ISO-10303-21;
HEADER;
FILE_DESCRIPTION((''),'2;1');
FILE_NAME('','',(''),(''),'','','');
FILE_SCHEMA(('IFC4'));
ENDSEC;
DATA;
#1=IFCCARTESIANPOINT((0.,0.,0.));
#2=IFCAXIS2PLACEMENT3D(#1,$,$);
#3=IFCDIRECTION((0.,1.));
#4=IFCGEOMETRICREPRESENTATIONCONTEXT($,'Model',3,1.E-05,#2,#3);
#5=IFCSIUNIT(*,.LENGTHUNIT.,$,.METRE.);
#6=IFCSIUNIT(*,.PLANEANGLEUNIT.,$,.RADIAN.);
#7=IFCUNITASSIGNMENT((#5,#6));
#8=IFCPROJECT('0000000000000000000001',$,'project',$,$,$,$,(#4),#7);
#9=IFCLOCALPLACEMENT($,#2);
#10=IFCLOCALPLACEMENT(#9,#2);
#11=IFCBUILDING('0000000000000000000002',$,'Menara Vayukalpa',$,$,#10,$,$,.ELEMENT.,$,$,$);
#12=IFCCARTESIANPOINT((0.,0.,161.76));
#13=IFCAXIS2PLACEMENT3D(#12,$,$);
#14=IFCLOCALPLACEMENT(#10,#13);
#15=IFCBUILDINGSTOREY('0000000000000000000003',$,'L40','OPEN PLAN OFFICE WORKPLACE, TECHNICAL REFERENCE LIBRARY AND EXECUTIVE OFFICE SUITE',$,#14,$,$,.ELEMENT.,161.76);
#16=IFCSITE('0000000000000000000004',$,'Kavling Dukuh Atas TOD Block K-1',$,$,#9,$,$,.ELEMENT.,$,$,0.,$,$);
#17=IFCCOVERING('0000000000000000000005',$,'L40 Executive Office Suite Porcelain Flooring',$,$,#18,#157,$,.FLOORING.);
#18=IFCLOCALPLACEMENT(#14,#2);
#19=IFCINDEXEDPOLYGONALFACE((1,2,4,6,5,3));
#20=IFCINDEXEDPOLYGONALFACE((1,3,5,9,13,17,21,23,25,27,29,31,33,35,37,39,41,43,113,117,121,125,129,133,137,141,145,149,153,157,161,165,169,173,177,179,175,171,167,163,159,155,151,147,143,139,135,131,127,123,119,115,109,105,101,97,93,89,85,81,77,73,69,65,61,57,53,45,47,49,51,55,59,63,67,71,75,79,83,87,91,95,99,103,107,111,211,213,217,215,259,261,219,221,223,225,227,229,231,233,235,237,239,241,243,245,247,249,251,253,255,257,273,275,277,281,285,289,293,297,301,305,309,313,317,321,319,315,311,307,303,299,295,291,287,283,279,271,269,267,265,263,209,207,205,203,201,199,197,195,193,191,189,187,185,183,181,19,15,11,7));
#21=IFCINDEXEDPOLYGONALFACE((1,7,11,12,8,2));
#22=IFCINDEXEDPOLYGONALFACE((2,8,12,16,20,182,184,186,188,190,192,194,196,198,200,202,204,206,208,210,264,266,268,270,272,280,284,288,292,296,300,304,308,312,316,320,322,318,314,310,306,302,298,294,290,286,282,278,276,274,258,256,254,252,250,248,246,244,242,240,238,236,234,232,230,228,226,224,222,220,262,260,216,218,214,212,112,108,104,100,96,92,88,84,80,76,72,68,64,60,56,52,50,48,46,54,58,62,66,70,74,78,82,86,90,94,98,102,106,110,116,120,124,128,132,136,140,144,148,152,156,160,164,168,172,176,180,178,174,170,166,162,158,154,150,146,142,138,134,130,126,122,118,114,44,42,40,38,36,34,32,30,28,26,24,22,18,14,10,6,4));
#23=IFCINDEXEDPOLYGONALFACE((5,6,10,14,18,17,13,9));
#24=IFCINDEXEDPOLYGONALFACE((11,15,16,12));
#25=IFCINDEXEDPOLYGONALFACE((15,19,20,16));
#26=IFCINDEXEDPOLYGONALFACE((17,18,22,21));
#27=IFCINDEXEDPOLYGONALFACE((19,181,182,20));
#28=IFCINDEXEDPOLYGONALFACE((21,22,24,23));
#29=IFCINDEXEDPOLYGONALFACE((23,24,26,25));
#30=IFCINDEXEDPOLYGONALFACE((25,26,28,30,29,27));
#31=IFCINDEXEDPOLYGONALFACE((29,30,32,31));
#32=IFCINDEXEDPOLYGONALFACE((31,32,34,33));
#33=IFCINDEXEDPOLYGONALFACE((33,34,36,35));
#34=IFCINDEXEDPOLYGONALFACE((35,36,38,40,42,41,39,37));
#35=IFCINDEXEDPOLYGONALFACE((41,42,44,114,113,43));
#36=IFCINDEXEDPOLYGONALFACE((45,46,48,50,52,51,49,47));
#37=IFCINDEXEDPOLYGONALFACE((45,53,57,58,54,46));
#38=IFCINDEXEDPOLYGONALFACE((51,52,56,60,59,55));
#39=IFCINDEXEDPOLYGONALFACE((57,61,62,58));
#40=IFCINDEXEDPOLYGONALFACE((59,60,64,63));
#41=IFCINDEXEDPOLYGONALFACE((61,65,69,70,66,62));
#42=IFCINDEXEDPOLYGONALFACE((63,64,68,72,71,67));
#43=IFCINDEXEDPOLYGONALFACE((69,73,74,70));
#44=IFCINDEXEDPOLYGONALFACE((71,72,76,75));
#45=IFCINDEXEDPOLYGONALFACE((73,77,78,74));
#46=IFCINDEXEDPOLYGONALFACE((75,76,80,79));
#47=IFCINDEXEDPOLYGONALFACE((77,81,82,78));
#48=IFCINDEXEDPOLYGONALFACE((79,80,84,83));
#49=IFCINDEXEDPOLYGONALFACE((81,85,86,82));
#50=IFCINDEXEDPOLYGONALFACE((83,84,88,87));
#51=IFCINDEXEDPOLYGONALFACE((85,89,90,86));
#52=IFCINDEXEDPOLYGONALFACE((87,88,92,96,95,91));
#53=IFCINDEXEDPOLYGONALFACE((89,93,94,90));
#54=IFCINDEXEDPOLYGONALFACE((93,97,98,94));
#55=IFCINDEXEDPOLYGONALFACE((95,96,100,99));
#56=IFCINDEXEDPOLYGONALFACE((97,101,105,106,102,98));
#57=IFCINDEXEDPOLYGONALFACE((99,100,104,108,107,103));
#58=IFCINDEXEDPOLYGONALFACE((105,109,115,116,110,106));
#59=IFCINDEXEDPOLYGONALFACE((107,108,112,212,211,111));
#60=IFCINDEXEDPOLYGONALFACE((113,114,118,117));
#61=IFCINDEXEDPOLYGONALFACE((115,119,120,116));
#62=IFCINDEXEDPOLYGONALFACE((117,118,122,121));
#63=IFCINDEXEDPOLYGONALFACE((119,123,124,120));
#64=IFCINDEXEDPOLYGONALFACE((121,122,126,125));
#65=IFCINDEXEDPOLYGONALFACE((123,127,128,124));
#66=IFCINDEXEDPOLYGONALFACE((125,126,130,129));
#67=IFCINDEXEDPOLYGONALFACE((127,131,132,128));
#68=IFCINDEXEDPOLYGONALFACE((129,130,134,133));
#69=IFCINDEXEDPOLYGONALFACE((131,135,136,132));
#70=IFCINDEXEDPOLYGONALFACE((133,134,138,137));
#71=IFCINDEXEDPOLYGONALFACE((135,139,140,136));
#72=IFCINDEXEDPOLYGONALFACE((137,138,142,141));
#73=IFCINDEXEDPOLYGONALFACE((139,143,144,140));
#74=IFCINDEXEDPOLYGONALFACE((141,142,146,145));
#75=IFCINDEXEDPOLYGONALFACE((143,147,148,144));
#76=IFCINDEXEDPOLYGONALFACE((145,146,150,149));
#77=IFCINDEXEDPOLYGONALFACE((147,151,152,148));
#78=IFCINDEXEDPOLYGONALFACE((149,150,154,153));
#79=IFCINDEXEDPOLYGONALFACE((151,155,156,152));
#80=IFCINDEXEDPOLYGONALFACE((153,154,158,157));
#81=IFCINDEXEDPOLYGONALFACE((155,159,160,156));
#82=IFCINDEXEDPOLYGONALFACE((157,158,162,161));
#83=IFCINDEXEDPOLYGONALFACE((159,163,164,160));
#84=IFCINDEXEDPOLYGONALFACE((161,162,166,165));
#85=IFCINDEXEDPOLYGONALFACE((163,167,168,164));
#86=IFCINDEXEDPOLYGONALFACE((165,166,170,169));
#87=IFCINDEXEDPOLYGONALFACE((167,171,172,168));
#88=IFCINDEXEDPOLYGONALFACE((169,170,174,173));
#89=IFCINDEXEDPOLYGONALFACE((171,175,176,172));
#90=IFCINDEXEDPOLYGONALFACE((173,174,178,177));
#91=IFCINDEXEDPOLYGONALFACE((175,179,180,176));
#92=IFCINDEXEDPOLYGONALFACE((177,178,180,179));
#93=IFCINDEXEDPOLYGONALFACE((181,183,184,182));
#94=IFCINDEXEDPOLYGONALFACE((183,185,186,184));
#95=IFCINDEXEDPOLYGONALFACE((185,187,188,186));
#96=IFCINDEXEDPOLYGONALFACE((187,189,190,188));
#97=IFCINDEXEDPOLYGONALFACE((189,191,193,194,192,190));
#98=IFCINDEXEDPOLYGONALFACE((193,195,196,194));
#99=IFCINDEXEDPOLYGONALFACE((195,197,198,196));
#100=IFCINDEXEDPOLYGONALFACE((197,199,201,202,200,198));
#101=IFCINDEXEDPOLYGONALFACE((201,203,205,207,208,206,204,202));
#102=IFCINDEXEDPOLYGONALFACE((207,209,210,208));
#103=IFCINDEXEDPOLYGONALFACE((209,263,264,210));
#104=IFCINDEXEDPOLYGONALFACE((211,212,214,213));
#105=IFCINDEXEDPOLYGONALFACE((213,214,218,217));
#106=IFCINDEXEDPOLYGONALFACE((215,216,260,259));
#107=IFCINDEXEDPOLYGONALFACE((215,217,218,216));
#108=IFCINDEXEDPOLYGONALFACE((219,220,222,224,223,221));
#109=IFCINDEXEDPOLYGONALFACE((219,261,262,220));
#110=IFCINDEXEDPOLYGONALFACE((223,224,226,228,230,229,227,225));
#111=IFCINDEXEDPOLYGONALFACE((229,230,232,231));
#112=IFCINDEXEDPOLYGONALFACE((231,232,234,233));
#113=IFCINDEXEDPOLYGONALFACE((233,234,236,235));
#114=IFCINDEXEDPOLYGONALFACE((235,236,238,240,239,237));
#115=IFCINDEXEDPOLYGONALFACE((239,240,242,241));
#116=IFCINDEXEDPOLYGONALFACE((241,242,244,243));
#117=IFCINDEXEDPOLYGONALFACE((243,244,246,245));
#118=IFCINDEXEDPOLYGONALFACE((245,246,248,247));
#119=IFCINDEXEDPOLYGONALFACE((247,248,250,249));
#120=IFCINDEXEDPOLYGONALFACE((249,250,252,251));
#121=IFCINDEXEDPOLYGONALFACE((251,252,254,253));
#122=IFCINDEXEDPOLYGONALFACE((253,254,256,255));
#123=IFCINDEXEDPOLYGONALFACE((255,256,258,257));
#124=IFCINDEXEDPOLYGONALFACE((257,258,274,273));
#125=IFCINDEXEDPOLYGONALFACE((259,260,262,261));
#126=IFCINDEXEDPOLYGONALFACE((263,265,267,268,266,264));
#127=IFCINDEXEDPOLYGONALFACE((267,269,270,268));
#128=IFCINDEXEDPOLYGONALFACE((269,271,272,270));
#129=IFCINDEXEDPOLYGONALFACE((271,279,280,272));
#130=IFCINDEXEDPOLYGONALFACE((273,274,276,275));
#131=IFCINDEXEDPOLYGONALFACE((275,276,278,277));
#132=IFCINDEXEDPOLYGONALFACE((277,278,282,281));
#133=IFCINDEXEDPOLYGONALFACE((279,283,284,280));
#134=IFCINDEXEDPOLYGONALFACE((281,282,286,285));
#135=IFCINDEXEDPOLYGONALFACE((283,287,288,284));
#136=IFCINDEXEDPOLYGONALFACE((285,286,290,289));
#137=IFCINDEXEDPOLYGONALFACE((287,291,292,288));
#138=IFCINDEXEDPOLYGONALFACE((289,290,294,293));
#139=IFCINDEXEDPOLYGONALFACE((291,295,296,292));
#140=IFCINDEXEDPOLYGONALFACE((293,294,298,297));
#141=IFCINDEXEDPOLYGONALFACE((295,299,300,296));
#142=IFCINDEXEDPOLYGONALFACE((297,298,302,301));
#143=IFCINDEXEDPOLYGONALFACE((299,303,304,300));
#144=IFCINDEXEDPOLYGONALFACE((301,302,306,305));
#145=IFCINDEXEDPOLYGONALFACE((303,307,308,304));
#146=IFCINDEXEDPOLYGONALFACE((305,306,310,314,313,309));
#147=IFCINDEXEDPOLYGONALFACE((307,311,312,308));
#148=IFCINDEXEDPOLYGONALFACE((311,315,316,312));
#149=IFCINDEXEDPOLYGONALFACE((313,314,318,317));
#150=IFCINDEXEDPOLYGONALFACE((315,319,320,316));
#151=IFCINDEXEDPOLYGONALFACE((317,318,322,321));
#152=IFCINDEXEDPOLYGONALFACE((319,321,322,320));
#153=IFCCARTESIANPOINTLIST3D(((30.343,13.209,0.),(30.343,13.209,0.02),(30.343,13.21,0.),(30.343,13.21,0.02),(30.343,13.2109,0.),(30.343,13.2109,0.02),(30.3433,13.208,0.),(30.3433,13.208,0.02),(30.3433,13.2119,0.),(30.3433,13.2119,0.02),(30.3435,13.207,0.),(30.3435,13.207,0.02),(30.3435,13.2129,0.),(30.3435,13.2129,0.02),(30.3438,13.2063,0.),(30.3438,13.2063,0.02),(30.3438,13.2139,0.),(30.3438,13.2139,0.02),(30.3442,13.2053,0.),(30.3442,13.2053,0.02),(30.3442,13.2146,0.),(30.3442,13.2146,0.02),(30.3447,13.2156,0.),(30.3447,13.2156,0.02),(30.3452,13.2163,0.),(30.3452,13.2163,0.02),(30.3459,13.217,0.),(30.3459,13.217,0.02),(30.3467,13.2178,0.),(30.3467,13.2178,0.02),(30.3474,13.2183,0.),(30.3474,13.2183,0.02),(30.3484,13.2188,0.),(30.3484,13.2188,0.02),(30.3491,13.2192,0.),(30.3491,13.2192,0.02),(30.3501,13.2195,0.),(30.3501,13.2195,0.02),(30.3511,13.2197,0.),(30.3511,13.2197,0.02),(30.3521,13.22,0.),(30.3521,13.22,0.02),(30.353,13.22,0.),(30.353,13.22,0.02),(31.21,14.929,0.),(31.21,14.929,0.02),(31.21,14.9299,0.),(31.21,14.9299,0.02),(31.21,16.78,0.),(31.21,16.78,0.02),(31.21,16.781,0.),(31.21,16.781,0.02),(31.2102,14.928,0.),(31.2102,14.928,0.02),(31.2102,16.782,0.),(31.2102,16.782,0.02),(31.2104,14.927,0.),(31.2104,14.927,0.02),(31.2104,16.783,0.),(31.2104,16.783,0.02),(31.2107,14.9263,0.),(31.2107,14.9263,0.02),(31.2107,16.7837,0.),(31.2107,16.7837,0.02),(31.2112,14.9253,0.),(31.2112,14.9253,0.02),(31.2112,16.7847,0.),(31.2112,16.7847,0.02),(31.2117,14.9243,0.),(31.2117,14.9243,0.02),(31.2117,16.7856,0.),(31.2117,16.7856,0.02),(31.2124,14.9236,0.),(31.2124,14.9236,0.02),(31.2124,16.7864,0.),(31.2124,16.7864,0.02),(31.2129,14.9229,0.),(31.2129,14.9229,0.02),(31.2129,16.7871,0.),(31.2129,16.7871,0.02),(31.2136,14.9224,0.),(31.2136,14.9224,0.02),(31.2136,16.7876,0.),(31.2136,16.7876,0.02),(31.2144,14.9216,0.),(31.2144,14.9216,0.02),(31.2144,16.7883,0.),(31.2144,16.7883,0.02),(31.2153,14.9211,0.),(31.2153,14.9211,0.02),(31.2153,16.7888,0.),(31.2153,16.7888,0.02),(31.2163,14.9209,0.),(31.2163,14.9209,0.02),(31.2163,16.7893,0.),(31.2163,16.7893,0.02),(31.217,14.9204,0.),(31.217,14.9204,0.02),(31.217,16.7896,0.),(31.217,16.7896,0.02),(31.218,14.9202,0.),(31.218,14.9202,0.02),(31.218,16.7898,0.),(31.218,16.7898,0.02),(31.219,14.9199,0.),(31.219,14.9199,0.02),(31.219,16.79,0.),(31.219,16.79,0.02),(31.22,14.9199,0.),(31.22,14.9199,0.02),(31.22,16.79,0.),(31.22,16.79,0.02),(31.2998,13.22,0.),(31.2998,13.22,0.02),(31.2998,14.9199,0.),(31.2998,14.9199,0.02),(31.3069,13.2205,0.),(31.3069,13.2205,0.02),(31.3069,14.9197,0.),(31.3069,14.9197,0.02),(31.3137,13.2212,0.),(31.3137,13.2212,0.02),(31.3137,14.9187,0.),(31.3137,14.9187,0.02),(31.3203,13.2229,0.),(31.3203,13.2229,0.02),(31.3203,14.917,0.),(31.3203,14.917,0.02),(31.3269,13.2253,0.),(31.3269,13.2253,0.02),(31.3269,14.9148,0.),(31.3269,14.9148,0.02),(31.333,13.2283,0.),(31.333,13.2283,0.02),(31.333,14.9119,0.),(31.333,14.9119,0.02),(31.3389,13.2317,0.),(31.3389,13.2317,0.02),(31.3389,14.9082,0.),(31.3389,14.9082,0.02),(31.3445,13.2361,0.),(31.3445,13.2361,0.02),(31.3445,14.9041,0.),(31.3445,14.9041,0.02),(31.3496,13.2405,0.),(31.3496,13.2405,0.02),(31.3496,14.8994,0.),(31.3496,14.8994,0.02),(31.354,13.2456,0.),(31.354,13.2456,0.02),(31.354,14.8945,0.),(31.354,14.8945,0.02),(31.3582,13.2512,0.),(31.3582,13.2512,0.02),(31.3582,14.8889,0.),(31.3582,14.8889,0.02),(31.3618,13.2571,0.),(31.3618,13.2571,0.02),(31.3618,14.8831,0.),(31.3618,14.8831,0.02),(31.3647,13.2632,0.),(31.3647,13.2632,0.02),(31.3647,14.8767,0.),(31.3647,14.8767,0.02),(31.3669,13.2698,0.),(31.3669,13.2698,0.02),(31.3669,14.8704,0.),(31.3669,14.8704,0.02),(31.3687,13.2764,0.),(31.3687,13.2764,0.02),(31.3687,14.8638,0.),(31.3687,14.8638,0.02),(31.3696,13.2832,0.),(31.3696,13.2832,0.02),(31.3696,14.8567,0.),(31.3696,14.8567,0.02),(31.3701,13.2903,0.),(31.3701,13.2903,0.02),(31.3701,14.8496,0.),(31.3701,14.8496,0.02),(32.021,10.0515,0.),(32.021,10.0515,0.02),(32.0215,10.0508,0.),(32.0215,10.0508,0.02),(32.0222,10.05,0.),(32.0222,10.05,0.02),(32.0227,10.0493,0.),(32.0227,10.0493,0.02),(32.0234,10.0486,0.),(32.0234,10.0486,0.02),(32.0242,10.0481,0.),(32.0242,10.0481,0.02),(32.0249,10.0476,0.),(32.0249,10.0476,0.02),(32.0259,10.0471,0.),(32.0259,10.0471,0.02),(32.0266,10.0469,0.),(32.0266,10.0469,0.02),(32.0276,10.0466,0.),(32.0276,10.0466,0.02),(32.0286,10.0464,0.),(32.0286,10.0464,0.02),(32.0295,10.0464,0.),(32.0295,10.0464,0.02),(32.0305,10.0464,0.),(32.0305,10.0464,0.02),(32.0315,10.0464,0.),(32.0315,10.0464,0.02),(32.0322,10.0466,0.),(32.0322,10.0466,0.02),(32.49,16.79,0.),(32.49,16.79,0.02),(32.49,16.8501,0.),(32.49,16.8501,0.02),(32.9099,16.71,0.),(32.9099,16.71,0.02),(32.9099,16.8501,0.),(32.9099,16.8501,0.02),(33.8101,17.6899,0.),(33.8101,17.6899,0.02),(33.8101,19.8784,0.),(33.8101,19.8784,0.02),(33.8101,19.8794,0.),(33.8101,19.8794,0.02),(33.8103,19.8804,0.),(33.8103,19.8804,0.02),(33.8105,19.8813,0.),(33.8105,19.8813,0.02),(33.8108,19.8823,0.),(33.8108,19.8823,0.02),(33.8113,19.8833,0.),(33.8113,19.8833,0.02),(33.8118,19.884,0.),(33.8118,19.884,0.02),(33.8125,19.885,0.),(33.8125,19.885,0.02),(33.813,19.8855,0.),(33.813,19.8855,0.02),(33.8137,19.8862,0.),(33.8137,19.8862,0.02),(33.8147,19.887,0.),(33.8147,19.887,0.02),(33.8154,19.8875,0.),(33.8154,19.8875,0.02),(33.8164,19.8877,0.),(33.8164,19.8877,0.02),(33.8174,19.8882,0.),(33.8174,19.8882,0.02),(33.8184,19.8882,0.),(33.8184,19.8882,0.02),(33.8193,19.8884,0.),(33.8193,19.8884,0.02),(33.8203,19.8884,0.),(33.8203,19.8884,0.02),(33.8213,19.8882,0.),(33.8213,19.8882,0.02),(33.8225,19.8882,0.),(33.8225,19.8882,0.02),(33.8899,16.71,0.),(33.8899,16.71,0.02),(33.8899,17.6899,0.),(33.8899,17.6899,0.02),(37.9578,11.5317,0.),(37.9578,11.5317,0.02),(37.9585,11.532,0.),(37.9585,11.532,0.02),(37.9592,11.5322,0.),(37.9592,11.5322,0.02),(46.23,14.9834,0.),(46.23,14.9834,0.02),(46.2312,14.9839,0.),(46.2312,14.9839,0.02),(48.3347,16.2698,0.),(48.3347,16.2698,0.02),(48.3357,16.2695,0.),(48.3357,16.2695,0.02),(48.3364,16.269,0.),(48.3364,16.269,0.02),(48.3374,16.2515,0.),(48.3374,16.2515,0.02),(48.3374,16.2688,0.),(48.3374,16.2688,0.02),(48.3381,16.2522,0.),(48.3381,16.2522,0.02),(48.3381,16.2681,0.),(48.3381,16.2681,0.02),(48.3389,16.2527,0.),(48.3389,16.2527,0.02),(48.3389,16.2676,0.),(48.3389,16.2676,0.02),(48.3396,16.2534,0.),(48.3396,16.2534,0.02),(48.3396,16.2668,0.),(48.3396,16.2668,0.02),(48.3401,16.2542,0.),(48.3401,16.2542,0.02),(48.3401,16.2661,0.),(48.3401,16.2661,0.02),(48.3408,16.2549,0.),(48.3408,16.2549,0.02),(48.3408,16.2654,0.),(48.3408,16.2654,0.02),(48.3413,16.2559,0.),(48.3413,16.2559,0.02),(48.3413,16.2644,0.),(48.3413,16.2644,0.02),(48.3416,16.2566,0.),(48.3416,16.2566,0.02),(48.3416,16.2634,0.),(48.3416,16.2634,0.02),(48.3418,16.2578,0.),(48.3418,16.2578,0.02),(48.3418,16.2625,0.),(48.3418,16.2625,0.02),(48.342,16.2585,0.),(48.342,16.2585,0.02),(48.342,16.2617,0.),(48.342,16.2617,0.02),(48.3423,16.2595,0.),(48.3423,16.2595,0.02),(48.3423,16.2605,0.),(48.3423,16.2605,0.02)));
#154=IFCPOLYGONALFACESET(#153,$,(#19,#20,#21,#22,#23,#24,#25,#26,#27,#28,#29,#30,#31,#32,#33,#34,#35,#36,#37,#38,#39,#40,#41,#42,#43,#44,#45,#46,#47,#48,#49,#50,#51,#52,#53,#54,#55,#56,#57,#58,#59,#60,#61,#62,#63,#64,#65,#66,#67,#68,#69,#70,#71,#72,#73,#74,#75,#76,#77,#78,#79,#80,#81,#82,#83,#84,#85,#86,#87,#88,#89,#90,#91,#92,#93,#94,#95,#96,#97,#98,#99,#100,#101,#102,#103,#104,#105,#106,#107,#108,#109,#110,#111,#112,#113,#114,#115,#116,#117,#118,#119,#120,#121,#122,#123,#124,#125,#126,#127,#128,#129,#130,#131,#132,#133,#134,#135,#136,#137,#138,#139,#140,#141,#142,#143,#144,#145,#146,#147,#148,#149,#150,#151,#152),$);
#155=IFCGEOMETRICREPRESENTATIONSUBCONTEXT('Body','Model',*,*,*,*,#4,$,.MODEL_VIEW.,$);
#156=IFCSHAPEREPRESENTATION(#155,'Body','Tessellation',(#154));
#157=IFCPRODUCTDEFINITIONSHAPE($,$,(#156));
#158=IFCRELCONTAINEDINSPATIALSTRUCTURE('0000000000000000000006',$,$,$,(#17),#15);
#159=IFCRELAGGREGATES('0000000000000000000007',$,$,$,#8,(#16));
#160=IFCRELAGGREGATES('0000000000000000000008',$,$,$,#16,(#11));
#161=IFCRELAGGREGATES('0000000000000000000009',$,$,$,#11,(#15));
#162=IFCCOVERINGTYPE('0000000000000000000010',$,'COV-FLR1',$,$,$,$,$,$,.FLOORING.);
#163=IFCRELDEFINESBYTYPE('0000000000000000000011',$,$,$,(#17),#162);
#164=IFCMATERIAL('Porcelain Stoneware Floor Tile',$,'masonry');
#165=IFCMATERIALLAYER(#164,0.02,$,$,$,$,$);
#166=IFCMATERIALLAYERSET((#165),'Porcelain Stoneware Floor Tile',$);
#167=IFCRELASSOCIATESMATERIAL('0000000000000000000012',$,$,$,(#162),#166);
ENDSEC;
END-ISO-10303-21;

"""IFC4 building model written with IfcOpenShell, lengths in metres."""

from ifc_helpers import new_model, si_unit, direction, frame, origin, place, context, subcontext, project, spatial, polyline, outline, extrude, material, layer, layer_set, type_object, element, save


model = new_model("IFC4")

# Units and contexts
model_context = context("Model", 3, precision=1e-05, world=origin(), true_north=direction((0.0, 1.0)))
body_context = subcontext(model_context, "Body", "Model", "MODEL_VIEW")
ifc_project = project(units=[si_unit("LENGTHUNIT", "METRE"), si_unit("PLANEANGLEUNIT", "RADIAN")], contexts=[model_context])

# Site, building, storey
site_placement = place(None, origin())
site = spatial("IfcSite", under=ifc_project, at=site_placement, Name="Kavling Dukuh Atas TOD Block K-1", CompositionType="ELEMENT", RefElevation=0.0)
building_placement = place(site_placement, origin())
building = spatial("IfcBuilding", under=site, at=building_placement, Name="Menara Vayukalpa", CompositionType="ELEMENT")
storey_placement = place(building_placement, frame((0.0, 0.0, 161.76)))
storey = spatial("IfcBuildingStorey", under=building, at=storey_placement, Name="L40", Description="OPEN PLAN OFFICE WORKPLACE, TECHNICAL REFERENCE LIBRARY AND EXECUTIVE OFFICE SUITE", CompositionType="ELEMENT", Elevation=161.76)

# Covering
ifc_material_1 = material(Name="Porcelain Stoneware Floor Tile", Category="masonry")
ifc_layer_1 = layer(ifc_material_1, 0.02)
ifc_layer_set_1 = layer_set([ifc_layer_1], Name="Porcelain Stoneware Floor Tile")
covering_type_1 = type_object("IfcCoveringType", Name="COV-FLR1", PredefinedType="FLOORING", material=ifc_layer_set_1)
covering_1_placement = place(storey_placement, origin())
element("IfcCovering", 1, at=covering_1_placement, inside=storey, type_object=covering_type_1, Name="L40 Executive Office Suite Porcelain Flooring", PredefinedType="FLOORING", context=body_context, shape_type="SweptSolid", body=[
    extrude(outline(polyline([(37.9578, 11.5317), (32.0322, 10.0466), (32.0315, 10.0464), (32.0305, 10.0464), (32.0295, 10.0464), (32.0286, 10.0464), (32.0276, 10.0466), (32.0266, 10.0469), (32.0259, 10.0471), (32.0249, 10.0476), (32.0242, 10.0481), (32.0234, 10.0486), (32.0227, 10.0493), (32.0222, 10.05), (32.0215, 10.0508), (32.021, 10.0515), (30.3442, 13.2053), (30.3438, 13.2063), (30.3435, 13.207), (30.3433, 13.208), (30.343, 13.209), (30.343, 13.21), (30.343, 13.2109), (30.3433, 13.2119), (30.3435, 13.2129), (30.3438, 13.2139), (30.3442, 13.2146), (30.3447, 13.2156), (30.3452, 13.2163), (30.3459, 13.217), (30.3467, 13.2178), (30.3474, 13.2183), (30.3484, 13.2188), (30.3491, 13.2192), (30.3501, 13.2195), (30.3511, 13.2197), (30.3521, 13.22), (30.353, 13.22), (31.2998, 13.22), (31.3069, 13.2205), (31.3137, 13.2212), (31.3203, 13.2229), (31.3269, 13.2253), (31.333, 13.2283), (31.3389, 13.2317), (31.3445, 13.2361), (31.3496, 13.2405), (31.354, 13.2456), (31.3582, 13.2512), (31.3618, 13.2571), (31.3647, 13.2632), (31.3669, 13.2698), (31.3687, 13.2764), (31.3696, 13.2832), (31.3701, 13.2903), (31.3701, 14.8496), (31.3696, 14.8567), (31.3687, 14.8638), (31.3669, 14.8704), (31.3647, 14.8767), (31.3618, 14.8831), (31.3582, 14.8889), (31.354, 14.8945), (31.3496, 14.8994), (31.3445, 14.9041), (31.3389, 14.9082), (31.333, 14.9119), (31.3269, 14.9148), (31.3203, 14.917), (31.3137, 14.9187), (31.3069, 14.9197), (31.2998, 14.9199), (31.22, 14.9199), (31.219, 14.9199), (31.218, 14.9202), (31.217, 14.9204), (31.2163, 14.9209), (31.2153, 14.9211), (31.2144, 14.9216), (31.2136, 14.9224), (31.2129, 14.9229), (31.2124, 14.9236), (31.2117, 14.9243), (31.2112, 14.9253), (31.2107, 14.9263), (31.2104, 14.927), (31.2102, 14.928), (31.21, 14.929), (31.21, 14.9299), (31.21, 16.78), (31.21, 16.781), (31.2102, 16.782), (31.2104, 16.783), (31.2107, 16.7837), (31.2112, 16.7847), (31.2117, 16.7856), (31.2124, 16.7864), (31.2129, 16.7871), (31.2136, 16.7876), (31.2144, 16.7883), (31.2153, 16.7888), (31.2163, 16.7893), (31.217, 16.7896), (31.218, 16.7898), (31.219, 16.79), (31.22, 16.79), (32.49, 16.79), (32.49, 16.8501), (32.9099, 16.8501), (32.9099, 16.71), (33.8899, 16.71), (33.8899, 17.6899), (33.8101, 17.6899), (33.8101, 19.8784), (33.8101, 19.8794), (33.8103, 19.8804), (33.8105, 19.8813), (33.8108, 19.8823), (33.8113, 19.8833), (33.8118, 19.884), (33.8125, 19.885), (33.813, 19.8855), (33.8137, 19.8862), (33.8147, 19.887), (33.8154, 19.8875), (33.8164, 19.8877), (33.8174, 19.8882), (33.8184, 19.8882), (33.8193, 19.8884), (33.8203, 19.8884), (33.8213, 19.8882), (33.8225, 19.8882), (48.3347, 16.2698), (48.3357, 16.2695), (48.3364, 16.269), (48.3374, 16.2688), (48.3381, 16.2681), (48.3389, 16.2676), (48.3396, 16.2668), (48.3401, 16.2661), (48.3408, 16.2654), (48.3413, 16.2644), (48.3416, 16.2634), (48.3418, 16.2625), (48.342, 16.2617), (48.3423, 16.2605), (48.3423, 16.2595), (48.342, 16.2585), (48.3418, 16.2578), (48.3416, 16.2566), (48.3413, 16.2559), (48.3408, 16.2549), (48.3401, 16.2542), (48.3396, 16.2534), (48.3389, 16.2527), (48.3381, 16.2522), (48.3374, 16.2515), (46.2312, 14.9839), (46.23, 14.9834), (37.9592, 11.5322), (37.9585, 11.532), (37.9578, 11.5317)])), origin(), (0.0, 0.0, 1.0), 0.02),
])

save(model, "model.ifc")
